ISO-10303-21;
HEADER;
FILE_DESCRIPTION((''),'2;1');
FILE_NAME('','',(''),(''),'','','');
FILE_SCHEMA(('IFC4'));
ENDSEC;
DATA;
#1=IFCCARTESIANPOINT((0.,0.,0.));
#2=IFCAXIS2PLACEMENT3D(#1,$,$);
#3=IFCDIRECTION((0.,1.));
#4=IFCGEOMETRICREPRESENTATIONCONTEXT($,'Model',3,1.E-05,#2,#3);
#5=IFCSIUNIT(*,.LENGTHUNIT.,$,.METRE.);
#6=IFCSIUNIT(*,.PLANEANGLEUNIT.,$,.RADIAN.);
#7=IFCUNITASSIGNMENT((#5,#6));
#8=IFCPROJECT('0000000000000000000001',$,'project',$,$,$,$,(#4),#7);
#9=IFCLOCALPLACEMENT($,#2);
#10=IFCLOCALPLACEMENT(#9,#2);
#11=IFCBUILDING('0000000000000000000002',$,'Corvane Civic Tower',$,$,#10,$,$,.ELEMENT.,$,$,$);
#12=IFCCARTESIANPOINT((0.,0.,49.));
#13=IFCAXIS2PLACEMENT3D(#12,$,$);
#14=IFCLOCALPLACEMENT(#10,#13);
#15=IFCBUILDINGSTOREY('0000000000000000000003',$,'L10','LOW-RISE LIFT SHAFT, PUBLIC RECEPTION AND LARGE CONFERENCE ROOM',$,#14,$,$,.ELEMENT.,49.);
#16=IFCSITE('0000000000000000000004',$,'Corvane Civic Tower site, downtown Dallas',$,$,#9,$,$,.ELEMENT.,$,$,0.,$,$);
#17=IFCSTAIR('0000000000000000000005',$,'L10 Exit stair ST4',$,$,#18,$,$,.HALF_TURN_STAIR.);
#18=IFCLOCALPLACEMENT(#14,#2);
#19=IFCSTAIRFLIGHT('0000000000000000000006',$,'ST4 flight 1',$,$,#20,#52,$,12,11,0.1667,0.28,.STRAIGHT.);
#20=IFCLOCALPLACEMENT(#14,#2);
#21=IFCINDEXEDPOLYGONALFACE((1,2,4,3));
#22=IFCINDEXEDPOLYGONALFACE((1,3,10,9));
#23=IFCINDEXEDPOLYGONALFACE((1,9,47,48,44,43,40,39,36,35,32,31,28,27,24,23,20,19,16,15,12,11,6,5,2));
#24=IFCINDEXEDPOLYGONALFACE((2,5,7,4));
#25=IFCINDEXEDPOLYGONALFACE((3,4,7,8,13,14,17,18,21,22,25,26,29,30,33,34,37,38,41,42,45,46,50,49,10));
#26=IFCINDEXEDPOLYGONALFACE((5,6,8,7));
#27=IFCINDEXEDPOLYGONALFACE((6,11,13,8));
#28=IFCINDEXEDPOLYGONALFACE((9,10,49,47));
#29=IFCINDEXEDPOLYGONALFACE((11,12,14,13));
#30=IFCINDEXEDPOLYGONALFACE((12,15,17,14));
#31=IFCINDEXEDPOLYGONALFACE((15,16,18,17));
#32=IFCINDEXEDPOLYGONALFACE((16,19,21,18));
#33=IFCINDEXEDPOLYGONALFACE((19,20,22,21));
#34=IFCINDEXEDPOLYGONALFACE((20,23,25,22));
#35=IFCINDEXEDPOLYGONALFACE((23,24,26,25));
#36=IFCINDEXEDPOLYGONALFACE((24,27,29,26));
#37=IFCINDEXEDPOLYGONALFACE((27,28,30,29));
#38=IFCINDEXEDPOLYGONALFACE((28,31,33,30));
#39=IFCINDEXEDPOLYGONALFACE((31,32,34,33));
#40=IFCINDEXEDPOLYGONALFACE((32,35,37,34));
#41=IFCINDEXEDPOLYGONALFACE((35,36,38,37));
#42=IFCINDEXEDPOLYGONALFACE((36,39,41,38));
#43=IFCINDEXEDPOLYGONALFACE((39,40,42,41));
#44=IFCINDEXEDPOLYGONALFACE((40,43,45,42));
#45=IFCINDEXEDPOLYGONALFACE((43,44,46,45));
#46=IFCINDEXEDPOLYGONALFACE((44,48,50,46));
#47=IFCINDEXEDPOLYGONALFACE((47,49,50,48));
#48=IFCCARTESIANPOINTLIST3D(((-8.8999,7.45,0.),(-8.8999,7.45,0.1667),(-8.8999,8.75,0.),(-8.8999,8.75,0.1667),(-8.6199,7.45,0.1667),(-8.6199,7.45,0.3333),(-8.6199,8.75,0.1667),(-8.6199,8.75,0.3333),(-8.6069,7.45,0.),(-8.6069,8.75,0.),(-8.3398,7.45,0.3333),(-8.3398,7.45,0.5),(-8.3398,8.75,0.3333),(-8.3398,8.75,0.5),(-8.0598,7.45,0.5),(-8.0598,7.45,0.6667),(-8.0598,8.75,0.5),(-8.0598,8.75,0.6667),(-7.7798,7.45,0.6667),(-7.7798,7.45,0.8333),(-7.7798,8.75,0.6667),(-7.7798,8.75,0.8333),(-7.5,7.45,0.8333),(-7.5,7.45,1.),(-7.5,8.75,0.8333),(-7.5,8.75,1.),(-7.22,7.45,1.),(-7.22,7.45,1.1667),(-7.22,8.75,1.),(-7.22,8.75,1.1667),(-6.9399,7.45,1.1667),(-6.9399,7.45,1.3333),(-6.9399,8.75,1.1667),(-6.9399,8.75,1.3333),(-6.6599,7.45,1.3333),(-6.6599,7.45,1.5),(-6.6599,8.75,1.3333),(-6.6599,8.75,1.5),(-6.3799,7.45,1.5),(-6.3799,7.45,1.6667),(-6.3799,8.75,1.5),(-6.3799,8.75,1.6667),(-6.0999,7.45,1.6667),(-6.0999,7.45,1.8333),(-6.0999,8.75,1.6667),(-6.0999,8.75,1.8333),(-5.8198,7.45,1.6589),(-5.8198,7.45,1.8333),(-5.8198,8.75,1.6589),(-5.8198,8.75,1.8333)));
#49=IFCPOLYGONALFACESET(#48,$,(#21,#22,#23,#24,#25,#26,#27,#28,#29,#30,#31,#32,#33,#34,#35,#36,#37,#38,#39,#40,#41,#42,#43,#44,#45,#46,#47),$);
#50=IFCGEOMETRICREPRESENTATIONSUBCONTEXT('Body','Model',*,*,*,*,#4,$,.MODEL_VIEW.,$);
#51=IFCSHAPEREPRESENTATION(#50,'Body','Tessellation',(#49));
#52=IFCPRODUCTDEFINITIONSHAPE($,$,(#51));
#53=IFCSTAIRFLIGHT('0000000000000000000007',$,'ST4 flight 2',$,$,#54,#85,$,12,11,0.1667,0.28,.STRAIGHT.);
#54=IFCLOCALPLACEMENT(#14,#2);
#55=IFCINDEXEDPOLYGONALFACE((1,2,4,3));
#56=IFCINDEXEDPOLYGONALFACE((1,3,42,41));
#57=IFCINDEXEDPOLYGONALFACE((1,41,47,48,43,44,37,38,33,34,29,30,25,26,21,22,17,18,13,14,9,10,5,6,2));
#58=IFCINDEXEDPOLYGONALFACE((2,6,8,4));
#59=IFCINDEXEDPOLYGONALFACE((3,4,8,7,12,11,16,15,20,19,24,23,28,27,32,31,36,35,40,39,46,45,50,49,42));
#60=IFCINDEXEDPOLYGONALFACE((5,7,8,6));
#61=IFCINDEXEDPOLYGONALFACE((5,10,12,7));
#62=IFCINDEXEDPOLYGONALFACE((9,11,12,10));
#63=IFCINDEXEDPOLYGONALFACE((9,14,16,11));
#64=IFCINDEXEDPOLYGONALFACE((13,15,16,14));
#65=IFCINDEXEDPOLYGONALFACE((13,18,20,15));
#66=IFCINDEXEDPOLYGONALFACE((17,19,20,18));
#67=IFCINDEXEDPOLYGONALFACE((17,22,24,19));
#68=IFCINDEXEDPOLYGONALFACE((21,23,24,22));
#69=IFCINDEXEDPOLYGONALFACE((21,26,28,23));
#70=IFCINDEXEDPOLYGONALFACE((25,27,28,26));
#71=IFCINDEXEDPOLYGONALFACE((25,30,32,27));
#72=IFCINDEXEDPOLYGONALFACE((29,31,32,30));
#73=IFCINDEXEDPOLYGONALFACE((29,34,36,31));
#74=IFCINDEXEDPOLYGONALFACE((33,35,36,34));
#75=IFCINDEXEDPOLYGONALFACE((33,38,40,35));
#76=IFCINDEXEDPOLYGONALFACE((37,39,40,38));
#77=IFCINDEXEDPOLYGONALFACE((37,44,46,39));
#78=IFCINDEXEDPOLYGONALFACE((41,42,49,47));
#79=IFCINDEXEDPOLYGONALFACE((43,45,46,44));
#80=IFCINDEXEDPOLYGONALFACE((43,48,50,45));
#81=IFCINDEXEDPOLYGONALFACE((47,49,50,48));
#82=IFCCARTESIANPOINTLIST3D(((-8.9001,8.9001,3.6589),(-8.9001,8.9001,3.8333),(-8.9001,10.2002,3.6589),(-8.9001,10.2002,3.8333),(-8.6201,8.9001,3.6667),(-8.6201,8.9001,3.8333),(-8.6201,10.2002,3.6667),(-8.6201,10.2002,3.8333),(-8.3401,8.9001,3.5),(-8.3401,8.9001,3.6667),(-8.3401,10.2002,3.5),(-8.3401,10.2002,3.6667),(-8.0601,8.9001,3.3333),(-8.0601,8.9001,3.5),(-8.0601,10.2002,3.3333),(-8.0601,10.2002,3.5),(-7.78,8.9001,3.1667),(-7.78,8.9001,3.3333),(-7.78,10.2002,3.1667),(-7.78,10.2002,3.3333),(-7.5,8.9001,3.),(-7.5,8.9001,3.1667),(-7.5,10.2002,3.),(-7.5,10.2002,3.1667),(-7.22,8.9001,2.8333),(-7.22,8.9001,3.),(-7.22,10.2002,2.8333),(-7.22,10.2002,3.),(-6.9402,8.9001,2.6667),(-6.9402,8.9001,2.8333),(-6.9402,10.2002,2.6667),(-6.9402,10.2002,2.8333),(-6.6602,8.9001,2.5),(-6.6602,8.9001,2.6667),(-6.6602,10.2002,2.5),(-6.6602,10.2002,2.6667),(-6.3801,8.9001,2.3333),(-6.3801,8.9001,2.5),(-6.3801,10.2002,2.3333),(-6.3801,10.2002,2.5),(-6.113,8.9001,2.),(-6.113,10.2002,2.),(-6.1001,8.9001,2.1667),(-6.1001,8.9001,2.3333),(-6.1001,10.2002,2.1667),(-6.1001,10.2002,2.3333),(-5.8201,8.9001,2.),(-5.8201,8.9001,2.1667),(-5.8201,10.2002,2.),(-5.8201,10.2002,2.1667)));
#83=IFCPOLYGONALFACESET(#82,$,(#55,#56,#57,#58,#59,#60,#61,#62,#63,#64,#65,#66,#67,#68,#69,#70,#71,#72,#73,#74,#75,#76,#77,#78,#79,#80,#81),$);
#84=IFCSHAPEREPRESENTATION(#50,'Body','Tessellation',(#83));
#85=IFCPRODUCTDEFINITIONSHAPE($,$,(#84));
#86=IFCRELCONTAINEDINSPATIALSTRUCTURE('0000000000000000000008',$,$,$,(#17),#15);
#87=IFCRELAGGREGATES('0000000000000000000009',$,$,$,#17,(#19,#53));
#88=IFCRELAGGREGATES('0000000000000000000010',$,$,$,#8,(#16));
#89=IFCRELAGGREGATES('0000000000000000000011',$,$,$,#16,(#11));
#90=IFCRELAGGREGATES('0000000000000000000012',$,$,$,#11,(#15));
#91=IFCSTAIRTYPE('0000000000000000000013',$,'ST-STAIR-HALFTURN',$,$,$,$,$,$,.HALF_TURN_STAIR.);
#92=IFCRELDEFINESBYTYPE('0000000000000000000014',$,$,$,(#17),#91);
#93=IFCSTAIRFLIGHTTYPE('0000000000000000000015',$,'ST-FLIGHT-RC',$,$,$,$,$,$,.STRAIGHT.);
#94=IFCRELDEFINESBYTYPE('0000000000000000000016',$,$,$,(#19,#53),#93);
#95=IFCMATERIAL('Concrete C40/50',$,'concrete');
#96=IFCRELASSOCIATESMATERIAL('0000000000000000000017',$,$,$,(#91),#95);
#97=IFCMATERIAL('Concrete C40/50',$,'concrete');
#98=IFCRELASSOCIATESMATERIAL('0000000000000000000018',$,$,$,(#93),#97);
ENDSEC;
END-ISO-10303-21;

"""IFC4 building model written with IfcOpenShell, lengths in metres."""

from ifc_helpers import new_model, si_unit, direction, frame, origin, place, context, subcontext, project, spatial, polyline, outline, extrude, material, type_object, element, aggregate, save


model = new_model("IFC4")

# Units and contexts
model_context = context("Model", 3, precision=1e-05, world=origin(), true_north=direction((0.0, 1.0)))
body_context = subcontext(model_context, "Body", "Model", "MODEL_VIEW")
ifc_project = project(units=[si_unit("LENGTHUNIT", "METRE"), si_unit("PLANEANGLEUNIT", "RADIAN")], contexts=[model_context])

# Site, building, storey
site_placement = place(None, origin())
site = spatial("IfcSite", under=ifc_project, at=site_placement, Name="Corvane Civic Tower site, downtown Dallas", CompositionType="ELEMENT", RefElevation=0.0)
building_placement = place(site_placement, origin())
building = spatial("IfcBuilding", under=site, at=building_placement, Name="Corvane Civic Tower", CompositionType="ELEMENT")
storey_placement = place(building_placement, frame((0.0, 0.0, 49.0)))
storey = spatial("IfcBuildingStorey", under=building, at=storey_placement, Name="L10", Description="LOW-RISE LIFT SHAFT, PUBLIC RECEPTION AND LARGE CONFERENCE ROOM", CompositionType="ELEMENT", Elevation=49.0)

# Shared definitions
ifc_material_1 = material(Name="Concrete C40/50", Category="concrete")
stair_type = type_object("IfcStairType", Name="ST-STAIR-HALFTURN", PredefinedType="HALF_TURN_STAIR", material=ifc_material_1)

# Stair, stair flights
stair_1_placement = place(storey_placement, origin())
stair_1 = element("IfcStair", 1, at=stair_1_placement, inside=storey, type_object=stair_type, Name="L10 Exit stair ST4", PredefinedType="HALF_TURN_STAIR")
ifc_material_2 = material(Name="Concrete C40/50", Category="concrete")
stair_flight_type = type_object("IfcStairFlightType", Name="ST-FLIGHT-RC", PredefinedType="STRAIGHT", material=ifc_material_2)
stair_flight_1_placement = place(storey_placement, frame((-8.8999, 8.1001, 0.0), z_axis=(0.0, 0.0, 1.0), x_axis=(1.0, 0.0, 0.0)))
stair_flight_1 = element("IfcStairFlight", 2, at=stair_flight_1_placement, type_object=stair_flight_type, Name="ST4 flight 1", NumberOfRisers=12, NumberOfTreads=11, PredefinedType="STRAIGHT", RiserHeight=0.1667, TreadLength=0.28, context=body_context, shape_type="SweptSolid", body=[
    extrude(outline(polyline([(0.0, 0.0), (0.0, 0.1667), (0.28, 0.1667), (0.28, 0.3333), (0.5601, 0.3333), (0.5601, 0.5), (0.8401, 0.5), (0.8401, 0.6667), (1.1201, 0.6667), (1.1201, 0.8333), (1.3999, 0.8333), (1.3999, 1.0), (1.6799, 1.0), (1.6799, 1.1667), (1.96, 1.1667), (1.96, 1.3333), (2.24, 1.3333), (2.24, 1.5), (2.52, 1.5), (2.52, 1.6667), (2.8, 1.6667), (2.8, 1.8333), (3.0801, 1.8333), (3.0801, 2.0), (3.0801, 1.6589), (0.293, 0.0), (0.0, 0.0)])), frame((0.0, 0.6499, 0.0), z_axis=(0.0, -1.0, 0.0), x_axis=(1.0, 0.0, 0.0)), (0.0, 0.0, 1.0), 1.3),
])
stair_flight_2_placement = place(storey_placement, frame((-5.8201, 9.55, 2.0), z_axis=(0.0, 0.0, 1.0), x_axis=(-1.0, 0.0, 0.0)))
stair_flight_2 = element("IfcStairFlight", 3, at=stair_flight_2_placement, type_object=stair_flight_type, Name="ST4 flight 2", NumberOfRisers=12, NumberOfTreads=11, PredefinedType="STRAIGHT", RiserHeight=0.1667, TreadLength=0.28, context=body_context, shape_type="SweptSolid", body=[
    extrude(outline(polyline([(0.0, 0.0), (0.0, 0.1667), (0.28, 0.1667), (0.28, 0.3333), (0.5601, 0.3333), (0.5601, 0.5), (0.8401, 0.5), (0.8401, 0.6667), (1.1201, 0.6667), (1.1201, 0.8333), (1.3999, 0.8333), (1.3999, 1.0), (1.6799, 1.0), (1.6799, 1.1667), (1.96, 1.1667), (1.96, 1.3333), (2.24, 1.3333), (2.24, 1.5), (2.52, 1.5), (2.52, 1.6667), (2.8, 1.6667), (2.8, 1.8333), (3.0801, 1.8333), (3.0801, 2.0), (3.0801, 1.6589), (0.293, 0.0), (0.0, 0.0)])), frame((0.0, 0.6499, 0.0), z_axis=(0.0, -1.0, 0.0), x_axis=(1.0, 0.0, 0.0)), (0.0, 0.0, 1.0), 1.3),
])
aggregate(stair_1, [stair_flight_1, stair_flight_2])

save(model, "model.ifc")
